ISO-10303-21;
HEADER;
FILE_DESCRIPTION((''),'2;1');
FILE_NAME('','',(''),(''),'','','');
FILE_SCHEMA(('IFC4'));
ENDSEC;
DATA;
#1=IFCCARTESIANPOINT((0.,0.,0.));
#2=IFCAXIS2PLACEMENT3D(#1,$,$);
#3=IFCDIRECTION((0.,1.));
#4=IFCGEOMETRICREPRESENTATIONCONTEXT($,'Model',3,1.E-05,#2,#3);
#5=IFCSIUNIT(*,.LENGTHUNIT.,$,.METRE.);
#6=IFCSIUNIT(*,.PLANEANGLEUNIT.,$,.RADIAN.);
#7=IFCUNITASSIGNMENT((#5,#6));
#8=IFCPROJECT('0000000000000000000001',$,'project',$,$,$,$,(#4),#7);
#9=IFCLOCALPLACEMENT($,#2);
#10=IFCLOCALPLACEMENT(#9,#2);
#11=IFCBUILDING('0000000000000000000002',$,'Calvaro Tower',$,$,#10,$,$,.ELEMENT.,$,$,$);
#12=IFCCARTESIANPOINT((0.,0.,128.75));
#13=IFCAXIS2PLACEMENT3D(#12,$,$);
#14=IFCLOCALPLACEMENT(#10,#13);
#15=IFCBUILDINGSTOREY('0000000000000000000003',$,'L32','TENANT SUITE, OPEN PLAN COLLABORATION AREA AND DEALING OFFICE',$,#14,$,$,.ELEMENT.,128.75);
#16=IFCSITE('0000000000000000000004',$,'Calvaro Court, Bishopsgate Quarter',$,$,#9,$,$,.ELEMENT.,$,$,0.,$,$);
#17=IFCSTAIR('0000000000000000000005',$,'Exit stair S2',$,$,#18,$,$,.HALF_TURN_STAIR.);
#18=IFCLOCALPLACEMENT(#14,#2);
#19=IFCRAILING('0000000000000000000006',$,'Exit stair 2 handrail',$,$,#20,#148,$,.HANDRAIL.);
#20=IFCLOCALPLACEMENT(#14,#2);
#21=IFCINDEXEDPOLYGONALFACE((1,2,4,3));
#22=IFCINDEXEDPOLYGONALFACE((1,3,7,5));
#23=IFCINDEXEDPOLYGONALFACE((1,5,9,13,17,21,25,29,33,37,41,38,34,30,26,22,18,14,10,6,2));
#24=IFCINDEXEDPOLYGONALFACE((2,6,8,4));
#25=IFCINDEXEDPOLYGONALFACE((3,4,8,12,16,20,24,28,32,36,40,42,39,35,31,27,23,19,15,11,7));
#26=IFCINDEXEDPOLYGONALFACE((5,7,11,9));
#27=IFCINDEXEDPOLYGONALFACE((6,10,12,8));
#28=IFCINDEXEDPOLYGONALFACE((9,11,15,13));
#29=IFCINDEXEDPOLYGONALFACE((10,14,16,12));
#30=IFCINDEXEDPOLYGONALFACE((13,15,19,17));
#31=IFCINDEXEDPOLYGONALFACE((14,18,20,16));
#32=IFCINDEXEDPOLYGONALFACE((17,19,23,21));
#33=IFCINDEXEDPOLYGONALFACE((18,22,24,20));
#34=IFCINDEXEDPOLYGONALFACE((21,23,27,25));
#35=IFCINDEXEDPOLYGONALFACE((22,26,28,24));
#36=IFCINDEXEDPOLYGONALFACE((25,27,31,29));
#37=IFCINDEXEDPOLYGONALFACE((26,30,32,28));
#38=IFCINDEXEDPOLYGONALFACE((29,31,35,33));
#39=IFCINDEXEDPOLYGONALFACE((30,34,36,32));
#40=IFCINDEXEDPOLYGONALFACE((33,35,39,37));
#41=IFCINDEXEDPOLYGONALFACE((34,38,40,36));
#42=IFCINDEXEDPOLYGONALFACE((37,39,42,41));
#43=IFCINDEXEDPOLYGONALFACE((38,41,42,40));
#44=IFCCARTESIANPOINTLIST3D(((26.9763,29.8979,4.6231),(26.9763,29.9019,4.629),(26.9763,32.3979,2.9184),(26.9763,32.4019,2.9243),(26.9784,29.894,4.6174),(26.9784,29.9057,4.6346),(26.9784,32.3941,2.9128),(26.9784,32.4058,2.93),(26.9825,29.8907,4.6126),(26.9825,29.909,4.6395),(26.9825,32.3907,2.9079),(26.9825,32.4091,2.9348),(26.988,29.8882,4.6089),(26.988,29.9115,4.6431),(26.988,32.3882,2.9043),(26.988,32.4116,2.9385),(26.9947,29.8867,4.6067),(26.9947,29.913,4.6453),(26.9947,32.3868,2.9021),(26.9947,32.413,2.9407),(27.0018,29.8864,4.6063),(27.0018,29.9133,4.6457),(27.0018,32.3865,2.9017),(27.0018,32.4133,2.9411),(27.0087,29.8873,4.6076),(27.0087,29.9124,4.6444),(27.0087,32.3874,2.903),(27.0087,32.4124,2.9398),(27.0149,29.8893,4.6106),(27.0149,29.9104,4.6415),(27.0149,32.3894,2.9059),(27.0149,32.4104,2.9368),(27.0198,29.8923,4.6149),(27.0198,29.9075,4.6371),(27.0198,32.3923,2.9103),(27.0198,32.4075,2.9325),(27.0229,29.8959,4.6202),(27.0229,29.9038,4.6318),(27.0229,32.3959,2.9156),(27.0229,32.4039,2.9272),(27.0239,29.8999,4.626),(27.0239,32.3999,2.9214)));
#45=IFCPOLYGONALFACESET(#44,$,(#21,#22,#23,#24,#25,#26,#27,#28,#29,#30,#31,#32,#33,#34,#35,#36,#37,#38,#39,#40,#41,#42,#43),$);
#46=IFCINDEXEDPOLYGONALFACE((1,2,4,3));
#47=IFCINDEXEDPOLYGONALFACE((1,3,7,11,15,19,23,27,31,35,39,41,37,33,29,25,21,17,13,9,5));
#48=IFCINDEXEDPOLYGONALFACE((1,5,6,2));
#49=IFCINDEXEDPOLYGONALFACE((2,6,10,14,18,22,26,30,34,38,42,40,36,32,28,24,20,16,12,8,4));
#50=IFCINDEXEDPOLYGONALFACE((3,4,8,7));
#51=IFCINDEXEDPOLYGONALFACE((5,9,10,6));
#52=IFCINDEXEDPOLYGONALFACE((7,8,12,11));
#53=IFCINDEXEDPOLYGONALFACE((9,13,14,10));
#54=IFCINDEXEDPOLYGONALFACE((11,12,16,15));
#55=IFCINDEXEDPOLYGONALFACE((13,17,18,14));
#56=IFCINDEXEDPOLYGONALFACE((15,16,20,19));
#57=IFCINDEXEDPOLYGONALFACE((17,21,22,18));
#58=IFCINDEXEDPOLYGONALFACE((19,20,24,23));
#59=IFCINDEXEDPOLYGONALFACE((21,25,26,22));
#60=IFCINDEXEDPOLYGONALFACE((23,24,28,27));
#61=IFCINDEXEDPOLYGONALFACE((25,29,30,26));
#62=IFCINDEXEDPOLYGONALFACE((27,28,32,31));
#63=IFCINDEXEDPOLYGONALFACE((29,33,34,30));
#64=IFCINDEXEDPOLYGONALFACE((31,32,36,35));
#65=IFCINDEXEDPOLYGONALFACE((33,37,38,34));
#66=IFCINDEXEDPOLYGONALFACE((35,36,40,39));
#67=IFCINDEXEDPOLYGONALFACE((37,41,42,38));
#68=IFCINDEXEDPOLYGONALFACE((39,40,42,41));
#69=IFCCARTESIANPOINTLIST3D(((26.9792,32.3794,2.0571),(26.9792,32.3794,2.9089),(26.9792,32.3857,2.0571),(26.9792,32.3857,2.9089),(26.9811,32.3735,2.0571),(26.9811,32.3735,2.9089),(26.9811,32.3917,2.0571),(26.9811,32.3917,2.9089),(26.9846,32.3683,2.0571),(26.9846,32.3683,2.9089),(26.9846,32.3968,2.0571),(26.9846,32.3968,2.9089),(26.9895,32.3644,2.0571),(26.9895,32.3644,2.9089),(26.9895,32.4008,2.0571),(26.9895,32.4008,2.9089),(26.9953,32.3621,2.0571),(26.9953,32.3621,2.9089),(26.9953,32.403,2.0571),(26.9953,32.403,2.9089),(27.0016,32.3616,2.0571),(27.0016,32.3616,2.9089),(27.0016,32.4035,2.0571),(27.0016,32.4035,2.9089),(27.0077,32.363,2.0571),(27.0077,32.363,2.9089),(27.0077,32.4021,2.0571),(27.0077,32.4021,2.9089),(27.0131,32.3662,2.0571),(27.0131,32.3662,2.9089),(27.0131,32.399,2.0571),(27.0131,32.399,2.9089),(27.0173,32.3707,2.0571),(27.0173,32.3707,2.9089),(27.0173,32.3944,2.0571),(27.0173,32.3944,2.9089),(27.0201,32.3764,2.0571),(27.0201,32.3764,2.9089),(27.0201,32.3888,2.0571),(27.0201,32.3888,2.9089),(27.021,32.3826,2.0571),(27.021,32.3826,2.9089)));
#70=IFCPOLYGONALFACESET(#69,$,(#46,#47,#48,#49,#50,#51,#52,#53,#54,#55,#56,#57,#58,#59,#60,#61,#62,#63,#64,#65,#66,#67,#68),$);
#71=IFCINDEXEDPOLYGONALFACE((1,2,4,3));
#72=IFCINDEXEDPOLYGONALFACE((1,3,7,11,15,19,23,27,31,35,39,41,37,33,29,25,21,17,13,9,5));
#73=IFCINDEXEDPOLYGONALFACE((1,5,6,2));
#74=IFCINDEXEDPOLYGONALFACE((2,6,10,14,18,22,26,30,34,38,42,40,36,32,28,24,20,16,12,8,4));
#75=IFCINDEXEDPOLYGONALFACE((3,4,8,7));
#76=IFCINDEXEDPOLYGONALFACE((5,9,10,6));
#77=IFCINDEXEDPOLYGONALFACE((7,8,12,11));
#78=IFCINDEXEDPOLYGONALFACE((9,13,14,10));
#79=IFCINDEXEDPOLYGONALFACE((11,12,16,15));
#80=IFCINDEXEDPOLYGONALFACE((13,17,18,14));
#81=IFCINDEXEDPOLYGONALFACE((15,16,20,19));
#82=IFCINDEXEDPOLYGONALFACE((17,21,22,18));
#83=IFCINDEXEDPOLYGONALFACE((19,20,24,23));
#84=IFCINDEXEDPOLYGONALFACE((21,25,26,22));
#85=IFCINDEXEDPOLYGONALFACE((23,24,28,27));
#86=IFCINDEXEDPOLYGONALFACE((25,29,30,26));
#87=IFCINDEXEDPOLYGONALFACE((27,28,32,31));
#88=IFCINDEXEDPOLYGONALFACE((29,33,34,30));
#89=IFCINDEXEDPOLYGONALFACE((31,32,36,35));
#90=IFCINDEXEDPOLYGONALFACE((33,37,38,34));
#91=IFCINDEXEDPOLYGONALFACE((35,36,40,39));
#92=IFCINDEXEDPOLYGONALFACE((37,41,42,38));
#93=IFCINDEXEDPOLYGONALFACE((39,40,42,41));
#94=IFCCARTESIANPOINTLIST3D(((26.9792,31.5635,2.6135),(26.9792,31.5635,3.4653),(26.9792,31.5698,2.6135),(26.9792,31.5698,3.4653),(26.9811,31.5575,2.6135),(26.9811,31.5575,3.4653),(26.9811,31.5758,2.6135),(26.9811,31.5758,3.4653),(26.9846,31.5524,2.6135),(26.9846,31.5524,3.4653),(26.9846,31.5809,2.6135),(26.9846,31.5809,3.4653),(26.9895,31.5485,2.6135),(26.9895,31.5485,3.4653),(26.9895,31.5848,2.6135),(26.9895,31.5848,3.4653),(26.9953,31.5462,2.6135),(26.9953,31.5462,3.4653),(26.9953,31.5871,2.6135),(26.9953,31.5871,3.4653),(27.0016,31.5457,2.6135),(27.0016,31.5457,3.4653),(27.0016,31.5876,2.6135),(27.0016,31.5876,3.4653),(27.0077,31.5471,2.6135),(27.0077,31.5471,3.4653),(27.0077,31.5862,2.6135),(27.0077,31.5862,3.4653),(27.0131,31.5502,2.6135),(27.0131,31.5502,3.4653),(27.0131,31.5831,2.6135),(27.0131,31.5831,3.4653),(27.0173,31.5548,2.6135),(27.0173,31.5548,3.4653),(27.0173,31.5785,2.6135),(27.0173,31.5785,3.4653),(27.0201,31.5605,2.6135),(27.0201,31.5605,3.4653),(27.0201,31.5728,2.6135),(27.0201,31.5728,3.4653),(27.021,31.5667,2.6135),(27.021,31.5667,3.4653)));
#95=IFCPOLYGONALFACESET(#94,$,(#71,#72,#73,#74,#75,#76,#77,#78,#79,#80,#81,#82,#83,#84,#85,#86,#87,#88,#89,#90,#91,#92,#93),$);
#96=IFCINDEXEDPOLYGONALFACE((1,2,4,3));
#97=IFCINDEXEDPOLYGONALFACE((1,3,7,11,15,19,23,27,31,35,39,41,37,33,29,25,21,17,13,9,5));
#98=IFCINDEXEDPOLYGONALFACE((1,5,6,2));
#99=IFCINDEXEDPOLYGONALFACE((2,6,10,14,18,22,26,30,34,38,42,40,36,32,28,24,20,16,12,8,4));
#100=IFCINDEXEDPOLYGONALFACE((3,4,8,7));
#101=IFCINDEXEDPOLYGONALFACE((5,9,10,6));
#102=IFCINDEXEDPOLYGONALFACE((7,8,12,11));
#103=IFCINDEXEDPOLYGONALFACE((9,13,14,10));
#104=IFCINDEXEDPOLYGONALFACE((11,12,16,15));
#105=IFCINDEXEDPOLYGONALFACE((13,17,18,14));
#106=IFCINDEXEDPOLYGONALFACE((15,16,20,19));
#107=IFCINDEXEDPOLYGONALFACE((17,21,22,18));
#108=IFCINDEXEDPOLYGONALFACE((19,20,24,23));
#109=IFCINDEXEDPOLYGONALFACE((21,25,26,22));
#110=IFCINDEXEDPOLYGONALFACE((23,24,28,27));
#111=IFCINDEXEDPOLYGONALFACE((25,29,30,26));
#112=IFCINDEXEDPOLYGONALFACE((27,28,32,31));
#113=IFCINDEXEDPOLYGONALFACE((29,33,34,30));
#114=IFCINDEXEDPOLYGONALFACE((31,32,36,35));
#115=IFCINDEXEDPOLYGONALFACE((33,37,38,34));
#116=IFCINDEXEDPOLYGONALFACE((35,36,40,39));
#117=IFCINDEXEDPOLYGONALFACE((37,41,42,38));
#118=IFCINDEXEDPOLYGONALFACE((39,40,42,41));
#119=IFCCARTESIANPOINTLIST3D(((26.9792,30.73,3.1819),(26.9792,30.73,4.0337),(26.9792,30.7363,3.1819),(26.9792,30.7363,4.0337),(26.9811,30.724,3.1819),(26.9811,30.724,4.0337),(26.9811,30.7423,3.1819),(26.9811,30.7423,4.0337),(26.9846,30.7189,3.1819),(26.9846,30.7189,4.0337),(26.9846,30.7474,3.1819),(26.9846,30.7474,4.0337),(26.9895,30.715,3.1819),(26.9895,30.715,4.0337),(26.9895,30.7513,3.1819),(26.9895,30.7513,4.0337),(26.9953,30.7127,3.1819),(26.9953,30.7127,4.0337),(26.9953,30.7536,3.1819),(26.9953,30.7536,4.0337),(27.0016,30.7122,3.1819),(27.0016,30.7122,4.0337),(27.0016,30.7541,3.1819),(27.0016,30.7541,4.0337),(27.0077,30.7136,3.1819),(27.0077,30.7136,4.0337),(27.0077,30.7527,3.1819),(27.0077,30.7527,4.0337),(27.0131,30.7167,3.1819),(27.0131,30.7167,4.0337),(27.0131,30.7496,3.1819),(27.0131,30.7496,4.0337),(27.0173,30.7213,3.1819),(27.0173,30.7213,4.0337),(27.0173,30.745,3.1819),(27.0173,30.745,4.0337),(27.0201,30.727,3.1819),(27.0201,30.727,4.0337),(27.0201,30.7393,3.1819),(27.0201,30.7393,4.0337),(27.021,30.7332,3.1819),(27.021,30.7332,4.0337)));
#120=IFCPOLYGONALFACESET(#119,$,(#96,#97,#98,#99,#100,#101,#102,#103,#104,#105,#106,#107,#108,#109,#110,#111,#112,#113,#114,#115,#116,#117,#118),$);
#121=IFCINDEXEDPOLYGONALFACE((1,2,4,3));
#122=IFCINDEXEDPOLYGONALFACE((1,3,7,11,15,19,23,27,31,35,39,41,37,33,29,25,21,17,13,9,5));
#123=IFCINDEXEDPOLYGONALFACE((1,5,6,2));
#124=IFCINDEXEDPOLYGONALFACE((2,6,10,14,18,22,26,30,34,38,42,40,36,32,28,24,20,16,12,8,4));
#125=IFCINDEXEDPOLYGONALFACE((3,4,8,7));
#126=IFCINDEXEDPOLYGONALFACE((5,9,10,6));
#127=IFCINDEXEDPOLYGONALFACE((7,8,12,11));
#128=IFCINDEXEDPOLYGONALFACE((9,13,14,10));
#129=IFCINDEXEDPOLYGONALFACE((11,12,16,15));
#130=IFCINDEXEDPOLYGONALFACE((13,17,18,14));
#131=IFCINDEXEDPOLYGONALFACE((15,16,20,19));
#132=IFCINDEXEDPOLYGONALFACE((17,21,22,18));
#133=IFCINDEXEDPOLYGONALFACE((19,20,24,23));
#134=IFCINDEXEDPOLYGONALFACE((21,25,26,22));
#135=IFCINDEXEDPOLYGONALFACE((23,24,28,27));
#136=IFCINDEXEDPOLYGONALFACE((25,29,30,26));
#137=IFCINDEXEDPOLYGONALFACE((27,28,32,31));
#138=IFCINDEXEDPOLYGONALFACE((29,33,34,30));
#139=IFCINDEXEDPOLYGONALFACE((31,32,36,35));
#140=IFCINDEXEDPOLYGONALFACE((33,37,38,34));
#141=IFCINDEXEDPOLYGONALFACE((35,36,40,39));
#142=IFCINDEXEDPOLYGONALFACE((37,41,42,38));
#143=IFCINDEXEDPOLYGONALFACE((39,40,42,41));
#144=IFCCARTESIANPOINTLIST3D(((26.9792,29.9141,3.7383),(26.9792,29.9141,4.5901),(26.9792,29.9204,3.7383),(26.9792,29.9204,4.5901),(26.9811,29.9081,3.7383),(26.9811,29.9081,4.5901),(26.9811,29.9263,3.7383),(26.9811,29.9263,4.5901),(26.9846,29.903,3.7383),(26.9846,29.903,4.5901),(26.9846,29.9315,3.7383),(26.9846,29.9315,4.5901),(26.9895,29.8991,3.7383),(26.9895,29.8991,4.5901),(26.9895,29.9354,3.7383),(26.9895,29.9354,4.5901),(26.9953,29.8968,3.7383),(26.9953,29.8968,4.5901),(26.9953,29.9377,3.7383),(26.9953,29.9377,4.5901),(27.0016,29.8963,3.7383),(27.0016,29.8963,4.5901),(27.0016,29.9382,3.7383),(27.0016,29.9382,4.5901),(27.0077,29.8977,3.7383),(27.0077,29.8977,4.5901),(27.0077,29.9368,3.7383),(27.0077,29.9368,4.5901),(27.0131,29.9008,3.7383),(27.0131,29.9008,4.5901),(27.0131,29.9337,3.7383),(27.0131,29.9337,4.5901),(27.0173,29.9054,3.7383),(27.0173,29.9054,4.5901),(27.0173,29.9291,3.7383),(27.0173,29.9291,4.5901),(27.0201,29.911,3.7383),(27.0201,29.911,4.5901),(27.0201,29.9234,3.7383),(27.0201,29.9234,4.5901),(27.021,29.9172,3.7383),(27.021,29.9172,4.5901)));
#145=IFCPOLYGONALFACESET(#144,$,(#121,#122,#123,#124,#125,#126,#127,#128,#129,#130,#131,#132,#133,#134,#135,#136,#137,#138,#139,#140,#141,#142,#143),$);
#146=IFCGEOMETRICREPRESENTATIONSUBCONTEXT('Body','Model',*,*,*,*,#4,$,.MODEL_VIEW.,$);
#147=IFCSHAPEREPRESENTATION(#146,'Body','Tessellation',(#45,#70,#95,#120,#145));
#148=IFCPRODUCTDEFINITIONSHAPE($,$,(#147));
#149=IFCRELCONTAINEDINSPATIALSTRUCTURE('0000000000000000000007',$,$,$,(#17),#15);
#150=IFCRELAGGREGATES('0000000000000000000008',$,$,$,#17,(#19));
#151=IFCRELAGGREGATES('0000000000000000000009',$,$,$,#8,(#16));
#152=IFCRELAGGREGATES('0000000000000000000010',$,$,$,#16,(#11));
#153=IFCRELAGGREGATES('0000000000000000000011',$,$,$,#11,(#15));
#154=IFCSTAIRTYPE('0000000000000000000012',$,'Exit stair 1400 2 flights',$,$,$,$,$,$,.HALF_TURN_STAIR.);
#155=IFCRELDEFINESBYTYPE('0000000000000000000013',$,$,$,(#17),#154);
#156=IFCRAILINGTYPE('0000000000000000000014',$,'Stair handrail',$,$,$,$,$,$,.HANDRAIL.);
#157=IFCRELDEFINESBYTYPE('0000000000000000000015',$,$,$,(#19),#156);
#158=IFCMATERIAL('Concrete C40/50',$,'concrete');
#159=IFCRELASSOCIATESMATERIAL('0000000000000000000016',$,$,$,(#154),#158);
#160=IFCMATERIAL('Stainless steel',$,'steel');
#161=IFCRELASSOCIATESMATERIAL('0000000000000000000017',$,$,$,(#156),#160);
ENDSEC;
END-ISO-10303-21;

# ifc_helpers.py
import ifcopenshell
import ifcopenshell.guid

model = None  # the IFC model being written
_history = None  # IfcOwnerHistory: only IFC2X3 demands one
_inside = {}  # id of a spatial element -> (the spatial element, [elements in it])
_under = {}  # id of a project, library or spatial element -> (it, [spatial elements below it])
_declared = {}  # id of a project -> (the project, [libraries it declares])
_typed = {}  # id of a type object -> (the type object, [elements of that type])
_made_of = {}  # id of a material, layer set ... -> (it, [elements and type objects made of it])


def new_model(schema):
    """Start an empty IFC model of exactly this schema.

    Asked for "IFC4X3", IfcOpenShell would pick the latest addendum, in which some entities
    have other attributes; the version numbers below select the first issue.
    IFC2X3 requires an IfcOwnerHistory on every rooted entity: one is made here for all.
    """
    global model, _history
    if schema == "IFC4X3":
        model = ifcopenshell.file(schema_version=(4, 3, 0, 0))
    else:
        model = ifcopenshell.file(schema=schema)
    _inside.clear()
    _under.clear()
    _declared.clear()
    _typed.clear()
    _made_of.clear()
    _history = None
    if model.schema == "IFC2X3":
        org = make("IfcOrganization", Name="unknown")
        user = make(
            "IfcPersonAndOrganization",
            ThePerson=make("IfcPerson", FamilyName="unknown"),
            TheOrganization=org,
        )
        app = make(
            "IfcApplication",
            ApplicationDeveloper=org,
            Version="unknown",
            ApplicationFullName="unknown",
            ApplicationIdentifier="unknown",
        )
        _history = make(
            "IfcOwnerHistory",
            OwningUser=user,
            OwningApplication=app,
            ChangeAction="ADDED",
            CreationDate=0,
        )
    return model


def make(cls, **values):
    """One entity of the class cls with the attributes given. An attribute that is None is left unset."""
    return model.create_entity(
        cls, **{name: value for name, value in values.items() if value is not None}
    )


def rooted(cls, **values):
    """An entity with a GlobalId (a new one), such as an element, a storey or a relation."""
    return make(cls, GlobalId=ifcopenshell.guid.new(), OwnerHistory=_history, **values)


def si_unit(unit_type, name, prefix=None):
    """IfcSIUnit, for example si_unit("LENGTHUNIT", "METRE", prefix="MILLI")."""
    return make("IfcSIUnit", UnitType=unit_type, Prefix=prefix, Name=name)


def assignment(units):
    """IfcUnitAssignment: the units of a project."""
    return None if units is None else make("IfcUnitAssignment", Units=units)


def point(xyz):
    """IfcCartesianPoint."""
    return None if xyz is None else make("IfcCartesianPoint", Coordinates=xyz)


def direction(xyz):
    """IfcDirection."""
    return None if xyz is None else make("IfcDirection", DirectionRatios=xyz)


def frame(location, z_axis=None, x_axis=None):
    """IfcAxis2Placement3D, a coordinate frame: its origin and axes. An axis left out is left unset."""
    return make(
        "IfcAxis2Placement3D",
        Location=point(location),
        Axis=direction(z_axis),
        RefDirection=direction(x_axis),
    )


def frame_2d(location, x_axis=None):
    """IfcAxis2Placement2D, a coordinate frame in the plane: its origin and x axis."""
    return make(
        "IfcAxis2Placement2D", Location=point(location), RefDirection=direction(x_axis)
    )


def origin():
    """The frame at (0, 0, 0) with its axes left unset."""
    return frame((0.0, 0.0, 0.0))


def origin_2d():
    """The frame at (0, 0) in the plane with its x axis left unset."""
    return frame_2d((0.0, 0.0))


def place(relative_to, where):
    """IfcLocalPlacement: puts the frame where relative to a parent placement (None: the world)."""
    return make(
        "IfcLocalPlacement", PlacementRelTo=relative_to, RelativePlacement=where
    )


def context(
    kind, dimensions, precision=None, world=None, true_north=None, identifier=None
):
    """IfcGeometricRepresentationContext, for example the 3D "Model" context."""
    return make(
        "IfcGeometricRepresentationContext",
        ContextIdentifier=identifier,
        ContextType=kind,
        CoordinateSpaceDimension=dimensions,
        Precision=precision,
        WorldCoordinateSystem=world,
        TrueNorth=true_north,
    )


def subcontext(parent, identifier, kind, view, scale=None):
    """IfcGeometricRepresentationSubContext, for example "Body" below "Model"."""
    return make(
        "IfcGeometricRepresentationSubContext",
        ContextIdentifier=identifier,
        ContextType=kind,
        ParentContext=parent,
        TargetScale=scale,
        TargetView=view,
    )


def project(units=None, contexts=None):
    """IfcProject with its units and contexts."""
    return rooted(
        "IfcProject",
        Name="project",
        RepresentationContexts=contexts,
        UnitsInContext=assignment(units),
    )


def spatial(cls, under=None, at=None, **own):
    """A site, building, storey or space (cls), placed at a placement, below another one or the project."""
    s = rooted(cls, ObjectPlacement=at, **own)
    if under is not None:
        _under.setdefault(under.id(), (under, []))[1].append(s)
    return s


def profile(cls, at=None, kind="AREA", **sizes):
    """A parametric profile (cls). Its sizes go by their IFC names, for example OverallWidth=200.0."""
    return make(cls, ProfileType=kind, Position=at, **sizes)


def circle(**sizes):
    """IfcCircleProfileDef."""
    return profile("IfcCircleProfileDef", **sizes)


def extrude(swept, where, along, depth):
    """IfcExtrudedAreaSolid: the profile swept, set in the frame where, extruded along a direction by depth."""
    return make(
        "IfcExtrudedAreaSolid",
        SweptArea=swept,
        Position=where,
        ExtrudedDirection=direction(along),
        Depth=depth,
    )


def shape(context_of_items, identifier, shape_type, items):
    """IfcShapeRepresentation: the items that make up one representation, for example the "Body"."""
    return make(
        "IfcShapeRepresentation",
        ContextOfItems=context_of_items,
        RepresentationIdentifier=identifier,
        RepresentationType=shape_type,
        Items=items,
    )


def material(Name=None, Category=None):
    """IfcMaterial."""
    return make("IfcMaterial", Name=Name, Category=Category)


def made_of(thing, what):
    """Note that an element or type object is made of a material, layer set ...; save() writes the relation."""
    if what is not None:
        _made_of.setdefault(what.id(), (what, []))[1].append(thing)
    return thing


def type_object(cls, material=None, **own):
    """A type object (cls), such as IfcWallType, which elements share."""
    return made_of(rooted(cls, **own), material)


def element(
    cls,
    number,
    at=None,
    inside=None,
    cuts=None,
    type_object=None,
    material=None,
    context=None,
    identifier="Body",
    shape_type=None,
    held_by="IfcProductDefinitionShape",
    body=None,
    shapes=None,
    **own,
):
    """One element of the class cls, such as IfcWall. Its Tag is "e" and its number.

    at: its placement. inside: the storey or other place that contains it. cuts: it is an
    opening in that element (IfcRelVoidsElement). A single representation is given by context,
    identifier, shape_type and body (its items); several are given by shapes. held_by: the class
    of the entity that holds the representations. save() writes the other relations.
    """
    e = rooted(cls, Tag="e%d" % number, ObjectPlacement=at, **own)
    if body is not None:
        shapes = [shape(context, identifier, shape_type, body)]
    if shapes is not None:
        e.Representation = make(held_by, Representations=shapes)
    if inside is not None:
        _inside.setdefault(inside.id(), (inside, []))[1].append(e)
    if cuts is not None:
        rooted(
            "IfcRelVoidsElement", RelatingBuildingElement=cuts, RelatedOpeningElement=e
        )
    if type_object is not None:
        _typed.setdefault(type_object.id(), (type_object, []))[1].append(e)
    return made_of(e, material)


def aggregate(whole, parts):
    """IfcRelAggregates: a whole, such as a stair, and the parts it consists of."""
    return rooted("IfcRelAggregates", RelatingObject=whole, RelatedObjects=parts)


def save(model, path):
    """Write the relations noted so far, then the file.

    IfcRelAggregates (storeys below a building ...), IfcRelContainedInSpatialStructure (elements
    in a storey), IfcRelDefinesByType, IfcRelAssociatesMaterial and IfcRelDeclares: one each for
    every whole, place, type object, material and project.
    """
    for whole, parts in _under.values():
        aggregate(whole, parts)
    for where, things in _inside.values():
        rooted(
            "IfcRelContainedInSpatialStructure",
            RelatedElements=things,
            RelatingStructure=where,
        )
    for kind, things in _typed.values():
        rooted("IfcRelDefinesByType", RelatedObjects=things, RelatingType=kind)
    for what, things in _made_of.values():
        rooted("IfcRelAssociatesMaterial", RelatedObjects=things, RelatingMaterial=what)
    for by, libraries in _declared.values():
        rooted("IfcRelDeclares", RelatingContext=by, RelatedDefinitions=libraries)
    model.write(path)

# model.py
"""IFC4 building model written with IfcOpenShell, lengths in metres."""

from ifc_helpers import new_model, si_unit, direction, frame, origin, origin_2d, place, context, subcontext, project, spatial, circle, extrude, material, type_object, element, aggregate, save


model = new_model("IFC4")

# Units and contexts
model_context = context("Model", 3, precision=1e-05, world=origin(), true_north=direction((0.0, 1.0)))
body_context = subcontext(model_context, "Body", "Model", "MODEL_VIEW")
ifc_project = project(units=[si_unit("LENGTHUNIT", "METRE"), si_unit("PLANEANGLEUNIT", "RADIAN")], contexts=[model_context])

# Site, building, storey
site_placement = place(None, origin())
site = spatial("IfcSite", under=ifc_project, at=site_placement, Name="Calvaro Court, Bishopsgate Quarter", CompositionType="ELEMENT", RefElevation=0.0)
building_placement = place(site_placement, origin())
building = spatial("IfcBuilding", under=site, at=building_placement, Name="Calvaro Tower", CompositionType="ELEMENT")
storey_placement = place(building_placement, frame((0.0, 0.0, 128.75)))
storey = spatial("IfcBuildingStorey", under=building, at=storey_placement, Name="L32", Description="TENANT SUITE, OPEN PLAN COLLABORATION AREA AND DEALING OFFICE", CompositionType="ELEMENT", Elevation=128.75)

# Stair, railing
ifc_material_1 = material(Name="Concrete C40/50", Category="concrete")
stair_type = type_object("IfcStairType", Name="Exit stair 1400 2 flights", PredefinedType="HALF_TURN_STAIR", material=ifc_material_1)
stair_placement = place(storey_placement, origin())
stair = element("IfcStair", 1, at=stair_placement, inside=storey, type_object=stair_type, Name="Exit stair S2", PredefinedType="HALF_TURN_STAIR")
ifc_material_2 = material(Name="Stainless steel", Category="steel")
railing_type = type_object("IfcRailingType", Name="Stair handrail", PredefinedType="HANDRAIL", material=ifc_material_2)
railing_1_placement = place(storey_placement, frame((27.0, 32.3999, 2.0454)))
railing_1 = element("IfcRailing", 2, at=railing_1_placement, type_object=railing_type, Name="Exit stair 2 handrail", PredefinedType="HANDRAIL", context=body_context, shape_type="SweptSolid", body=[
    extrude(circle(Radius=0.0239, at=origin_2d()), frame((0.0, 0.0, 0.876), z_axis=(0.0, -0.826221, 0.563347), x_axis=(1.0, 0.0, 0.0)), (0.0, 0.0, 1.0), 3.0259),
    extrude(circle(Radius=0.021, at=origin_2d()), frame((0.0, -0.0173, 0.0117)), (0.0, 0.0, 1.0), 0.8518),
    extrude(circle(Radius=0.021, at=origin_2d()), frame((0.0, -0.8333, 0.5681)), (0.0, 0.0, 1.0), 0.8518),
    extrude(circle(Radius=0.021, at=origin_2d()), frame((0.0, -1.6667, 1.1365)), (0.0, 0.0, 1.0), 0.8518),
    extrude(circle(Radius=0.021, at=origin_2d()), frame((0.0, -2.4827, 1.6929)), (0.0, 0.0, 1.0), 0.8518),
])
aggregate(stair, [railing_1])

save(model, "model.ifc")
